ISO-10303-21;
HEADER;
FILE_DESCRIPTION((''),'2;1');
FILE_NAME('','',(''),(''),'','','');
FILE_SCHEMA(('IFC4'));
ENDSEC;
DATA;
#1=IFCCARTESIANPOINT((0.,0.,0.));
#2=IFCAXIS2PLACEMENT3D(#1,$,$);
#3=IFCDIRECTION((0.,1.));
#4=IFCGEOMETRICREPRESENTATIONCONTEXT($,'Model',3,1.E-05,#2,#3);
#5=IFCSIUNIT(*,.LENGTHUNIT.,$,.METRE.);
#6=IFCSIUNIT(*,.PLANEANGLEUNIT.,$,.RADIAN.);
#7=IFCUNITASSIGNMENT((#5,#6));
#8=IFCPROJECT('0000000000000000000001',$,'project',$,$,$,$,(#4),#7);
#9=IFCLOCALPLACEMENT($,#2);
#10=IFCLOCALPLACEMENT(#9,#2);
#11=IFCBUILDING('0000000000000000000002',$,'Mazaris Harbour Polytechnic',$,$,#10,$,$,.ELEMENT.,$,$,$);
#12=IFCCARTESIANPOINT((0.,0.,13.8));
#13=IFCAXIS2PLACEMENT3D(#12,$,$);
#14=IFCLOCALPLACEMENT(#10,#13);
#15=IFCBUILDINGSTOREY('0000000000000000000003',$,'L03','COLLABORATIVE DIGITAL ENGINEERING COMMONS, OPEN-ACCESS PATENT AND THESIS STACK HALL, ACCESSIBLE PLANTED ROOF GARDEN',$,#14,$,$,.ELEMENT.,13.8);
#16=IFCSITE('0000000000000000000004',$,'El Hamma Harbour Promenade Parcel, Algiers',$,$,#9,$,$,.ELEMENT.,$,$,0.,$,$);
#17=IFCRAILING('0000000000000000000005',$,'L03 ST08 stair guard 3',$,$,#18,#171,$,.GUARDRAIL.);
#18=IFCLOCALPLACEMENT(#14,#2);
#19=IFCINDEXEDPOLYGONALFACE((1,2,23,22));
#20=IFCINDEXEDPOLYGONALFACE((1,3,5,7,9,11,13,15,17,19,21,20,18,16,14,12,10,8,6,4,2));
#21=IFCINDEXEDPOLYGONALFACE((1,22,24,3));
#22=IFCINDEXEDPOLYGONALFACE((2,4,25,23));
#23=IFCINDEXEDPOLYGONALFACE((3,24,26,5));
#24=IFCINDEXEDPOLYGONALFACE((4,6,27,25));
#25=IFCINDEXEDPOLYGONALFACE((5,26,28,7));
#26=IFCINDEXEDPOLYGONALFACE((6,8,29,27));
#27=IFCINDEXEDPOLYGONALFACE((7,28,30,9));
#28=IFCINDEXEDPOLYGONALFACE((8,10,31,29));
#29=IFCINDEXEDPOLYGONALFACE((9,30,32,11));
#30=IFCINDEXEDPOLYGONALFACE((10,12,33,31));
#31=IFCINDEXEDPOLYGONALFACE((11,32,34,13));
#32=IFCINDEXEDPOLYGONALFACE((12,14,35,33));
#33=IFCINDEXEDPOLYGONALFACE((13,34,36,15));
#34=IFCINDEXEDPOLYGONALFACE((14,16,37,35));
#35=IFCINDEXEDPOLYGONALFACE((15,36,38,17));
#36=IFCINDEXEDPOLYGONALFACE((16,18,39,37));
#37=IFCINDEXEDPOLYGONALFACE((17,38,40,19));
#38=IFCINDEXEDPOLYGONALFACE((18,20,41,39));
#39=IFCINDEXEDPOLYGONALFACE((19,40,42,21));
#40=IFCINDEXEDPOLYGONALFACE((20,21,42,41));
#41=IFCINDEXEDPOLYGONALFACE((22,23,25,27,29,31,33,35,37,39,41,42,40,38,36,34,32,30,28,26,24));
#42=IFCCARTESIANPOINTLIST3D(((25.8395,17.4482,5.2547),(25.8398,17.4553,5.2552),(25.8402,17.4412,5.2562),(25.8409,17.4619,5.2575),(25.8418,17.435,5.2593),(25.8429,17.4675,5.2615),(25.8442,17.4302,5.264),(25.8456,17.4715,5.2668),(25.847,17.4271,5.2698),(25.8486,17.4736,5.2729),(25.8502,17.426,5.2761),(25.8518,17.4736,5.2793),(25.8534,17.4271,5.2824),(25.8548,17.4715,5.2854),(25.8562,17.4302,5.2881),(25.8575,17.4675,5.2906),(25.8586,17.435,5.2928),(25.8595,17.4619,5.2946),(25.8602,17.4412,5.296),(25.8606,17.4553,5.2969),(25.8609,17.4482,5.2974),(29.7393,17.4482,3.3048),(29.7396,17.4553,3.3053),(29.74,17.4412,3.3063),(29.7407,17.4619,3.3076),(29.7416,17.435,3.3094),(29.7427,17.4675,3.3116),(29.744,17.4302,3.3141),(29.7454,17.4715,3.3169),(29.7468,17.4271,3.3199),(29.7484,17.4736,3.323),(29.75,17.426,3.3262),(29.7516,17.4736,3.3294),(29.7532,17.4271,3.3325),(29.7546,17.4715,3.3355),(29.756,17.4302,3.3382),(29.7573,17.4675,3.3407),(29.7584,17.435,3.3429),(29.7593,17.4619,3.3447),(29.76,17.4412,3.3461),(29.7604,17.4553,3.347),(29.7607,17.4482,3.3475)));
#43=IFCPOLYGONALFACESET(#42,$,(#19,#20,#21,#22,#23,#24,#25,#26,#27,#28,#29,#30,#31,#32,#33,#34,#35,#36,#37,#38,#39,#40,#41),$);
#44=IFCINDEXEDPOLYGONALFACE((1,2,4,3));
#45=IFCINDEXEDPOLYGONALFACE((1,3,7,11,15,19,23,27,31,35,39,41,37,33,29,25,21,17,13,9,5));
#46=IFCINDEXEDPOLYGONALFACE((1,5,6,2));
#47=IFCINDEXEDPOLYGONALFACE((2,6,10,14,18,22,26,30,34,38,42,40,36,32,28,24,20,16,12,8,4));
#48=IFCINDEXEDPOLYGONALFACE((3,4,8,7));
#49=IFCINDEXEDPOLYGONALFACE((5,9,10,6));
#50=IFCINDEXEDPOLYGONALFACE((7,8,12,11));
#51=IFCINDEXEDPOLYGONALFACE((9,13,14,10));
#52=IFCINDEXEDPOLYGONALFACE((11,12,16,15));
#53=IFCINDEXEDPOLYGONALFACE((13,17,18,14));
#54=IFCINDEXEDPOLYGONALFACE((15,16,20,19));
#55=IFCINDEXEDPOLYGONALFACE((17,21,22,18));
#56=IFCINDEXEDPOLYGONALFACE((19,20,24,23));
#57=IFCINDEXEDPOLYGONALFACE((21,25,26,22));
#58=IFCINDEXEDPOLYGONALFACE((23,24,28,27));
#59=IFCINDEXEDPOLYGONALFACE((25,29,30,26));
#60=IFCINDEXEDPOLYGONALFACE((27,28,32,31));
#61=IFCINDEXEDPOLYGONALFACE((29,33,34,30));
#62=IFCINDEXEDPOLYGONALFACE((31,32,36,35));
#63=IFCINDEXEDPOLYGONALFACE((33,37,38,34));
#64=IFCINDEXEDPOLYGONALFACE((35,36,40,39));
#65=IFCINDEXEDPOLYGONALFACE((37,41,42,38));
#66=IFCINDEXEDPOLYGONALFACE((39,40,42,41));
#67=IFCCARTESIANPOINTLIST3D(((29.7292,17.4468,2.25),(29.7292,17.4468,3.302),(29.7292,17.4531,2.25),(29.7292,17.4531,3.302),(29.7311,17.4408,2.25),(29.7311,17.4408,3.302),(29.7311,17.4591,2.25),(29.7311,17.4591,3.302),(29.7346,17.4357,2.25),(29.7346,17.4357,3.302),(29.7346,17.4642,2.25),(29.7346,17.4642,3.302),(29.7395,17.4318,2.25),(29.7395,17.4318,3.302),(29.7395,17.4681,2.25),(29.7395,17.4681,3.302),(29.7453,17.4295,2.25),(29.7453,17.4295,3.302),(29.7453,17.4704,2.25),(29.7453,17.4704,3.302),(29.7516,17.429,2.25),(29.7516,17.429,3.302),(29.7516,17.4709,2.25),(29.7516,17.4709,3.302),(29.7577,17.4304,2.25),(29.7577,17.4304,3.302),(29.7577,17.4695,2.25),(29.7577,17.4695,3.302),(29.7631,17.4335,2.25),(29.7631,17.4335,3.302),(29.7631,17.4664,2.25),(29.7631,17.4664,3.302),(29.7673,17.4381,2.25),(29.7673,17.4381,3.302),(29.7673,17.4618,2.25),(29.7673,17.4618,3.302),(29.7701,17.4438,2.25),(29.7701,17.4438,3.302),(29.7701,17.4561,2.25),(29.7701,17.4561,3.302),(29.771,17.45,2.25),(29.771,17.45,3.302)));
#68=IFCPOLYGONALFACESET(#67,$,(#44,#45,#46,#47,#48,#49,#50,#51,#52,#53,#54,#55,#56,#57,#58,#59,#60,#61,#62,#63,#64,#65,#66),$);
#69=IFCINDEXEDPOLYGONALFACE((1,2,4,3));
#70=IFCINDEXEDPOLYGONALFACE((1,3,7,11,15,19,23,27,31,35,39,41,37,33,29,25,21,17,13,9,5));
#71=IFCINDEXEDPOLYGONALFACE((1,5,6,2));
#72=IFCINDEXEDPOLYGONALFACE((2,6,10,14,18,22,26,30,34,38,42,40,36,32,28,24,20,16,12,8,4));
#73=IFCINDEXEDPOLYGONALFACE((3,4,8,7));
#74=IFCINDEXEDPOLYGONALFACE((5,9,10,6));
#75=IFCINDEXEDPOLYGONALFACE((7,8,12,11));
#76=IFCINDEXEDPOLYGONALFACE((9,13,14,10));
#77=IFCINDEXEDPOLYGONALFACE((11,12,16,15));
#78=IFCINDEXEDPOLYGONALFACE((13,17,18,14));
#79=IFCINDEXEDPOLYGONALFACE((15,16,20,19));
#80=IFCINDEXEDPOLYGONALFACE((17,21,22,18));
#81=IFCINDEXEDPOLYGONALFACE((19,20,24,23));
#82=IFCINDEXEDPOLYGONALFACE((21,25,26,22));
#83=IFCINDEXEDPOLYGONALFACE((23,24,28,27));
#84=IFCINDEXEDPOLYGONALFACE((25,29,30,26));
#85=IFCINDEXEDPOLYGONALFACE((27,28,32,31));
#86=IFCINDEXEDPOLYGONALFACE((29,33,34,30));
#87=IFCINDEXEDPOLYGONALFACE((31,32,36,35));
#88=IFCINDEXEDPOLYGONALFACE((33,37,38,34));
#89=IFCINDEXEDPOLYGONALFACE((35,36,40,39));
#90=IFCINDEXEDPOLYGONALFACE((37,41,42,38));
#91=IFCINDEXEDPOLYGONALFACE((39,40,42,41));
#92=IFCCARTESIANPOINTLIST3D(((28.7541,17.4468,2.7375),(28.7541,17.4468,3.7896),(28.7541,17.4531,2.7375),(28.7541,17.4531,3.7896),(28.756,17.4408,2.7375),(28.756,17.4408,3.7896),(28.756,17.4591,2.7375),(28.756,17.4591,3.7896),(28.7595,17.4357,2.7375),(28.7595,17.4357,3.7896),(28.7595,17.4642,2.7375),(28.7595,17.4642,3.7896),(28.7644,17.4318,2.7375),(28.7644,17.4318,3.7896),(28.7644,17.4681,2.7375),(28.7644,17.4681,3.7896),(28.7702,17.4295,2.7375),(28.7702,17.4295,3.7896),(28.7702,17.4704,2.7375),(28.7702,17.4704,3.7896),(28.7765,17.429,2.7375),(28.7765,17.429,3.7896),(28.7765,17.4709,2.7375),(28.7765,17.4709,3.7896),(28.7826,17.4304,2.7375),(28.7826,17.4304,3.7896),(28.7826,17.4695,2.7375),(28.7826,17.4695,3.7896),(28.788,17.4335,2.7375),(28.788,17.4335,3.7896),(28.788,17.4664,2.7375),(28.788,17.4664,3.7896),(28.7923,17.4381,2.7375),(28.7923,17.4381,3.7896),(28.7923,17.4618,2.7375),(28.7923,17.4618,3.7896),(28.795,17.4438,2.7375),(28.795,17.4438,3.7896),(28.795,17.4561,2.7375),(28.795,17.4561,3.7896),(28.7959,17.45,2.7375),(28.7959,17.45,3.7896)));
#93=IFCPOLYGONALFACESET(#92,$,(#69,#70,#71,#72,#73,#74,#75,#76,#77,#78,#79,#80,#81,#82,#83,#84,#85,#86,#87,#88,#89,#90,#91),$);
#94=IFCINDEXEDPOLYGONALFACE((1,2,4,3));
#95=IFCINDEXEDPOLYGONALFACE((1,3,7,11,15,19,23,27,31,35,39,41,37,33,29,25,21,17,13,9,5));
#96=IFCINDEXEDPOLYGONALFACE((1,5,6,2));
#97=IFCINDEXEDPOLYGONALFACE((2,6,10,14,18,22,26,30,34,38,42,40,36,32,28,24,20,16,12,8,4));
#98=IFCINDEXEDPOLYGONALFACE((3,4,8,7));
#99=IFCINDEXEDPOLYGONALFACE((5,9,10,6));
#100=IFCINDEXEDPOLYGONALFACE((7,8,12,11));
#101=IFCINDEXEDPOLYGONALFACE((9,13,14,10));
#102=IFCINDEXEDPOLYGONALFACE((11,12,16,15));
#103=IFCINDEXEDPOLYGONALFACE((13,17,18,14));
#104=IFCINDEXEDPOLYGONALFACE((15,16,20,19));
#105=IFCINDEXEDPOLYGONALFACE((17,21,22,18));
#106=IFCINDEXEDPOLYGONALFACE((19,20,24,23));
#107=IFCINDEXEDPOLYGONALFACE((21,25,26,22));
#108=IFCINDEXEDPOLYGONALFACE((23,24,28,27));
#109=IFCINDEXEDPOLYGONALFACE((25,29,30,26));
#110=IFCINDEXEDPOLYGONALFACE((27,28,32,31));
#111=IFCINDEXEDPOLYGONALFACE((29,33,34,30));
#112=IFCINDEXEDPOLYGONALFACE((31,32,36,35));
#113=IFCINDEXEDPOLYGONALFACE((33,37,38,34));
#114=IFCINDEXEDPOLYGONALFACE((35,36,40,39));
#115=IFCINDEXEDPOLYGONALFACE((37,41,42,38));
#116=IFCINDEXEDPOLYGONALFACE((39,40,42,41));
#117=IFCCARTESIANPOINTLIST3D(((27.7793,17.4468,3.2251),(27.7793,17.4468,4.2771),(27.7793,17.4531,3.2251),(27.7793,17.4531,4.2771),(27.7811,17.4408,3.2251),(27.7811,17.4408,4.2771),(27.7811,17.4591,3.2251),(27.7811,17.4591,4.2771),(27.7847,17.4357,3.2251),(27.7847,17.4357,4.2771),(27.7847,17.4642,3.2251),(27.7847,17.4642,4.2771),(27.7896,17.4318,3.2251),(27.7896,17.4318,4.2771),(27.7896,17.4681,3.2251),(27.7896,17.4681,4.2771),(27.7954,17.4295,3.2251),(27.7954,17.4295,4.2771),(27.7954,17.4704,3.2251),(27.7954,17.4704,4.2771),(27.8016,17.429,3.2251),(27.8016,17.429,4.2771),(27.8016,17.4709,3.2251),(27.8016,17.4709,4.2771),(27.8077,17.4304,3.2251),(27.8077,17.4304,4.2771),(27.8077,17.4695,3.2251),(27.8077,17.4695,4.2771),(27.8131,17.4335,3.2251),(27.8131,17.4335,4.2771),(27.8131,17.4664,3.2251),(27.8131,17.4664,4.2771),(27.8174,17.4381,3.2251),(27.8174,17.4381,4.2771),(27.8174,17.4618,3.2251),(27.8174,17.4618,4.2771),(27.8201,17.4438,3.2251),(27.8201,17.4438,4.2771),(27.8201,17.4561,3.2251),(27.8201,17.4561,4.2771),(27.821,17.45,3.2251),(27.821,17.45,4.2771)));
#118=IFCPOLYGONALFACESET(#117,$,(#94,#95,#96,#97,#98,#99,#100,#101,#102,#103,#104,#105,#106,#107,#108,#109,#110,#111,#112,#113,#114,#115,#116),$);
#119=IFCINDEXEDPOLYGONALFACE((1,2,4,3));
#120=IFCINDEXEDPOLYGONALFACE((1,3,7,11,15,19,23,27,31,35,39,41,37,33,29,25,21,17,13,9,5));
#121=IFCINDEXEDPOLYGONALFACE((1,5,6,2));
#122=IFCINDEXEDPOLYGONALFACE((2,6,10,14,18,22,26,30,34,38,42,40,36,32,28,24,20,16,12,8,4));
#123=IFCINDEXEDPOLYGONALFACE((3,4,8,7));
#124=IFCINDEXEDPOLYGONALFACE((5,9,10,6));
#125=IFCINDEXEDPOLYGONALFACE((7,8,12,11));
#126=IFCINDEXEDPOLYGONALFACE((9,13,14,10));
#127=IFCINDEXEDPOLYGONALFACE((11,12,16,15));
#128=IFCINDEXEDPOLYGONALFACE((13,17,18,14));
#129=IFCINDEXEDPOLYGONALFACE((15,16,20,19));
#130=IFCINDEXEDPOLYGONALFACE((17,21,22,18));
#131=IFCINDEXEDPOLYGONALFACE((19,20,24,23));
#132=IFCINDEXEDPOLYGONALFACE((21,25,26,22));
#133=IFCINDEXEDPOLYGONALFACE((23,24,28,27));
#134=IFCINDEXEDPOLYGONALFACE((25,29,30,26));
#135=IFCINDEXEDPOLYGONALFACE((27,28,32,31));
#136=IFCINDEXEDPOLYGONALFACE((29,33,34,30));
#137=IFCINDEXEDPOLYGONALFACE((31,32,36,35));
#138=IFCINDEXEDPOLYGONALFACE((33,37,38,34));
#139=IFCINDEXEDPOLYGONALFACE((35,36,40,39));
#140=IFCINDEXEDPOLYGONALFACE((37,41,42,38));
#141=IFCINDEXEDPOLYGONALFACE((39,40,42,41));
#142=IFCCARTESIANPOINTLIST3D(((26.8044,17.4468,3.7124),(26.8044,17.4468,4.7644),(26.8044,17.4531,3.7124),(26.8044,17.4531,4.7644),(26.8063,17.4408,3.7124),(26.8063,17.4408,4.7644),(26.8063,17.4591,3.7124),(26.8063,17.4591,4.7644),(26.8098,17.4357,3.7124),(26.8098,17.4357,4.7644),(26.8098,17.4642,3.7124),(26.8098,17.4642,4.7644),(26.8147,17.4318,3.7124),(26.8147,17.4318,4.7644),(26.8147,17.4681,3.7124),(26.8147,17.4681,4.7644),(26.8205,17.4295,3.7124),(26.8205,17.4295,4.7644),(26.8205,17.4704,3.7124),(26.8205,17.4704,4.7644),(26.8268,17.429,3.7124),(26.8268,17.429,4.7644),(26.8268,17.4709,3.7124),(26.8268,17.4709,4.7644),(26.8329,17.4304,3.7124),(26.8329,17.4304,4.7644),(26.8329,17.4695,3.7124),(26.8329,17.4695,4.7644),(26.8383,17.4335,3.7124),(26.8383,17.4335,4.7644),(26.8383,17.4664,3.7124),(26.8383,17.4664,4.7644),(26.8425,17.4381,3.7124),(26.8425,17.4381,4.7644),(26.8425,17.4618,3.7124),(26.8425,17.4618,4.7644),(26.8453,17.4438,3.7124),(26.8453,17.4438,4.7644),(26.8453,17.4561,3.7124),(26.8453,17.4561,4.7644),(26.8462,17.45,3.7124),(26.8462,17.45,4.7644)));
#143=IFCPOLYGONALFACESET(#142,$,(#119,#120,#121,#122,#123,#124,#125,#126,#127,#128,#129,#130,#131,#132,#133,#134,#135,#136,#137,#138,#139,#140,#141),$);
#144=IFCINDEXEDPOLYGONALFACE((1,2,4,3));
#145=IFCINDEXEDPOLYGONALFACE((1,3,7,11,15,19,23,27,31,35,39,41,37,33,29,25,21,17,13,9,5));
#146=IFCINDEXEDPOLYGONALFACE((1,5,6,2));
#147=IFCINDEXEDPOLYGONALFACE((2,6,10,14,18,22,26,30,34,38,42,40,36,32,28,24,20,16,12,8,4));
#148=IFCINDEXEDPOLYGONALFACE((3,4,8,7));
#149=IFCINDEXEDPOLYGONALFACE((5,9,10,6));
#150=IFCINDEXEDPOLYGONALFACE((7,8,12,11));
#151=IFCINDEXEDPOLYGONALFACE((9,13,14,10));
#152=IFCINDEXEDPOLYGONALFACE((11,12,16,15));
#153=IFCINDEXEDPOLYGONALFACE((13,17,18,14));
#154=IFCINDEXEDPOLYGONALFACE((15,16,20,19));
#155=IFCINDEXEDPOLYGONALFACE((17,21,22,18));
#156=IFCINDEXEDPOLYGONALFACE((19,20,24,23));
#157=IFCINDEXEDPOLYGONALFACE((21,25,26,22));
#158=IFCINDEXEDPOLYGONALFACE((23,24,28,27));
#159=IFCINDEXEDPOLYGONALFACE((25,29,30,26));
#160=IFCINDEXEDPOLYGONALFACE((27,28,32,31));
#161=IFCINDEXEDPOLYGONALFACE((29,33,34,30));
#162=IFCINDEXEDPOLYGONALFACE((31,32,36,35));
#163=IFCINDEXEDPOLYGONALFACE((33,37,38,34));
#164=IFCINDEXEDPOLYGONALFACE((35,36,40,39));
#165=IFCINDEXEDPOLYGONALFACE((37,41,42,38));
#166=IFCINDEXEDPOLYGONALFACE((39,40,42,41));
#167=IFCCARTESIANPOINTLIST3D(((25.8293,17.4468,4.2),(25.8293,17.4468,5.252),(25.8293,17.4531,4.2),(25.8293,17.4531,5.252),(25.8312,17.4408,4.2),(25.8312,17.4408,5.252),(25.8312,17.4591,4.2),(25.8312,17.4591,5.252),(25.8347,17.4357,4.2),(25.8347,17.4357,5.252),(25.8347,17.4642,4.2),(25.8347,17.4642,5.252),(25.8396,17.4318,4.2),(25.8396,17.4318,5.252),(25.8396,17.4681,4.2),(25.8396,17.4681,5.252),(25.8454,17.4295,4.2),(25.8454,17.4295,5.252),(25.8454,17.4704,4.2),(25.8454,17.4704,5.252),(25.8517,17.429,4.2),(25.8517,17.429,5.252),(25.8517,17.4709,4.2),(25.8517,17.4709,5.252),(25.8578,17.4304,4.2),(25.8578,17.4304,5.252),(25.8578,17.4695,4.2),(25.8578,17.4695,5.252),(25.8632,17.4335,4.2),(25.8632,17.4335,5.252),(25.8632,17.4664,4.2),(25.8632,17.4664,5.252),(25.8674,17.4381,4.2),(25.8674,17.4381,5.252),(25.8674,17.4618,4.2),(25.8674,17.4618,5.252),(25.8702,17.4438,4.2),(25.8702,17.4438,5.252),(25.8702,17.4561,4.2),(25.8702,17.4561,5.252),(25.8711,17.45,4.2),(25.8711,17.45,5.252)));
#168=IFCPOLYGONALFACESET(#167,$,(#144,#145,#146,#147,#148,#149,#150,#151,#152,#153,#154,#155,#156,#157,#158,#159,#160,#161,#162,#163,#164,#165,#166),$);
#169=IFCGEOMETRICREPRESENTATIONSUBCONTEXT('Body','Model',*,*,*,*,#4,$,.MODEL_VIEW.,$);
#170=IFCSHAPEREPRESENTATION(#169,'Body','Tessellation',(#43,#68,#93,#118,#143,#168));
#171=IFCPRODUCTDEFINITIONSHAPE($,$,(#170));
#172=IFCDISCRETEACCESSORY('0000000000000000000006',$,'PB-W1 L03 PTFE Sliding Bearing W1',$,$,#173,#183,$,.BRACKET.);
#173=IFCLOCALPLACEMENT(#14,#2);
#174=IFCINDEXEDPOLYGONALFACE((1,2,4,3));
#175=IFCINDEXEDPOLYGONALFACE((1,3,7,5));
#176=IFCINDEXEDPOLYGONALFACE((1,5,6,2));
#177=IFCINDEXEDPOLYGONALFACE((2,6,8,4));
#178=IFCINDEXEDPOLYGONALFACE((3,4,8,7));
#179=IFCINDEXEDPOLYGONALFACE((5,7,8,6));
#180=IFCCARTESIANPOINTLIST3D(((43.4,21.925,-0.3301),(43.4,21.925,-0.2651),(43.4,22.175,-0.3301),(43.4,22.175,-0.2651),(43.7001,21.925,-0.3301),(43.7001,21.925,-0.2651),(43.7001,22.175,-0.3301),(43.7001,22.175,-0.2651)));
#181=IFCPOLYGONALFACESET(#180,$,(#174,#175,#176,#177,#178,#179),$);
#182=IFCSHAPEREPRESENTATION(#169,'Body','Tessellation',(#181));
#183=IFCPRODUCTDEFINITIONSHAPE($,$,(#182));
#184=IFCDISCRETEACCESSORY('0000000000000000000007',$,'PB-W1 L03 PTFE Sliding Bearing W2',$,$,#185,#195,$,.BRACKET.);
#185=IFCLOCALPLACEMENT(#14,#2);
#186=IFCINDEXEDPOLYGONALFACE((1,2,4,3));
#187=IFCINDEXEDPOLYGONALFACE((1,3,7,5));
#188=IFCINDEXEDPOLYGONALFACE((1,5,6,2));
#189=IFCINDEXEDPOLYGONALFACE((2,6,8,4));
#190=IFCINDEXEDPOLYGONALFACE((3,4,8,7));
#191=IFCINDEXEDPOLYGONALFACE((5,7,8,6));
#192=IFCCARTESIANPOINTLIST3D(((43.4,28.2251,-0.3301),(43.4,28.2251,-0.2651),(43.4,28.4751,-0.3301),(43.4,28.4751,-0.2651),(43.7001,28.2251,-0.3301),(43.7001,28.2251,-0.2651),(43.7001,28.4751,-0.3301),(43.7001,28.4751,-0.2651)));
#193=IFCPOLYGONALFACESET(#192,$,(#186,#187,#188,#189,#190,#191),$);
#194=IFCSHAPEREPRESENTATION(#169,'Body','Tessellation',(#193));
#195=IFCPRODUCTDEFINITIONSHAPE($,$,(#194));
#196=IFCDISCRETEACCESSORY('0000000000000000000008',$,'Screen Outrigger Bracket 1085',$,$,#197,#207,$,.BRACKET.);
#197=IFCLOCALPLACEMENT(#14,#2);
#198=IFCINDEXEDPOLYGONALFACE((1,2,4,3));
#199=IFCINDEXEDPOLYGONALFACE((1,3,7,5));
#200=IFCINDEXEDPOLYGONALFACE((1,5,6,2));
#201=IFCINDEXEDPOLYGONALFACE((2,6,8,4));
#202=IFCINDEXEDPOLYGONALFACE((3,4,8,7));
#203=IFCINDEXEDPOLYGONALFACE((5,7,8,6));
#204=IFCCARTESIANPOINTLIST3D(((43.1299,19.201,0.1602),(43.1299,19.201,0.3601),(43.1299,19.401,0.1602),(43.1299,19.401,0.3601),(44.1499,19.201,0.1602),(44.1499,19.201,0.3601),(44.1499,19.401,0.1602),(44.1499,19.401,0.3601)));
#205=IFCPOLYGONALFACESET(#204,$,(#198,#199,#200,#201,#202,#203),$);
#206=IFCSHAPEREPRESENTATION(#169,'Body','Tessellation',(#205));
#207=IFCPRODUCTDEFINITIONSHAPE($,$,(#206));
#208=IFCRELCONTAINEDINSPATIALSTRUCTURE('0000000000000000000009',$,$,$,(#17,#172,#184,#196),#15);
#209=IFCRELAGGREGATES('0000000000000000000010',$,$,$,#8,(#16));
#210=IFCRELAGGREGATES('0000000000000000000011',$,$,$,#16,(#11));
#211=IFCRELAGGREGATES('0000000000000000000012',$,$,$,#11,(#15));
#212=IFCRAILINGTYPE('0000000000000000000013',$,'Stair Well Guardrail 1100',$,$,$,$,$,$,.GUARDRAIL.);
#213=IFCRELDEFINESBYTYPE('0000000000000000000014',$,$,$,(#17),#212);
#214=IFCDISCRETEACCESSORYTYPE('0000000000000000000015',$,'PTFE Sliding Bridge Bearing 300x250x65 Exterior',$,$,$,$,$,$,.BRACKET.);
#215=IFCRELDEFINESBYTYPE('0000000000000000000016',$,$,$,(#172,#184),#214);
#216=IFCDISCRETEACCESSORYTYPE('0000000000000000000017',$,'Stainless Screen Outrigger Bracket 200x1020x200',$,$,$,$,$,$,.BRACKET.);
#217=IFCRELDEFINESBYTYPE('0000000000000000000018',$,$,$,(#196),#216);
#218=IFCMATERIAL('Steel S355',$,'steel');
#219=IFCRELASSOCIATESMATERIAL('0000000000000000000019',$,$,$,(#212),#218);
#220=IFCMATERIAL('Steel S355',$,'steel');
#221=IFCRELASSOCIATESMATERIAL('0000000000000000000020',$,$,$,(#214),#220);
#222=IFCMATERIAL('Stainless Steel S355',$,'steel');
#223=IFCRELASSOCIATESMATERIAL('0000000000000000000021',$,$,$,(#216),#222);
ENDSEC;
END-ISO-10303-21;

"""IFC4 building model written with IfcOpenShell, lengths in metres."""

from ifc_helpers import new_model, si_unit, direction, frame, origin, origin_2d, place, context, subcontext, project, spatial, rectangle, circle, extrude, material, type_object, element, save


model = new_model("IFC4")

# Units and contexts
model_context = context("Model", 3, precision=1e-05, world=origin(), true_north=direction((0.0, 1.0)))
body_context = subcontext(model_context, "Body", "Model", "MODEL_VIEW")
ifc_project = project(units=[si_unit("LENGTHUNIT", "METRE"), si_unit("PLANEANGLEUNIT", "RADIAN")], contexts=[model_context])

# Site, building, storey
site_placement = place(None, origin())
site = spatial("IfcSite", under=ifc_project, at=site_placement, Name="El Hamma Harbour Promenade Parcel, Algiers", CompositionType="ELEMENT", RefElevation=0.0)
building_placement = place(site_placement, origin())
building = spatial("IfcBuilding", under=site, at=building_placement, Name="Mazaris Harbour Polytechnic", CompositionType="ELEMENT")
storey_placement = place(building_placement, frame((0.0, 0.0, 13.8)))
storey = spatial("IfcBuildingStorey", under=building, at=storey_placement, Name="L03", Description="COLLABORATIVE DIGITAL ENGINEERING COMMONS, OPEN-ACCESS PATENT AND THESIS STACK HALL, ACCESSIBLE PLANTED ROOF GARDEN", CompositionType="ELEMENT", Elevation=13.8)

# Railing
ifc_material_1 = material(Name="Steel S355", Category="steel")
railing_type_1 = type_object("IfcRailingType", Name="Stair Well Guardrail 1100", PredefinedType="GUARDRAIL", material=ifc_material_1)
railing_1_placement = place(storey_placement, frame((29.75, 17.45, 2.25)))
element("IfcRailing", 1, at=railing_1_placement, inside=storey, type_object=railing_type_1, Name="L03 ST08 stair guard 3", PredefinedType="GUARDRAIL", context=body_context, shape_type="SweptSolid", body=[
    extrude(circle(Radius=0.0239, at=origin_2d()), frame((0.0, 0.0, 1.0762), z_axis=(-0.894427, 0.0, 0.447214), x_axis=(0.0, -1.0, 0.0)), (0.0, 0.0, 1.0), 4.3601),
    extrude(circle(Radius=0.021, at=origin_2d()), origin(), (0.0, 0.0, 1.0), 1.052),
    extrude(circle(Radius=0.021, at=origin_2d()), frame((-0.9751, 0.0, 0.4875)), (0.0, 0.0, 1.0), 1.052),
    extrude(circle(Radius=0.021, at=origin_2d()), frame((-1.95, 0.0, 0.9751)), (0.0, 0.0, 1.0), 1.052),
    extrude(circle(Radius=0.021, at=origin_2d()), frame((-2.9248, 0.0, 1.4624)), (0.0, 0.0, 1.0), 1.052),
    extrude(circle(Radius=0.021, at=origin_2d()), frame((-3.8999, 0.0, 1.95)), (0.0, 0.0, 1.0), 1.052),
])

# Discrete accessories
ifc_material_2 = material(Name="Steel S355", Category="steel")
discrete_accessory_type_1 = type_object("IfcDiscreteAccessoryType", Name="PTFE Sliding Bridge Bearing 300x250x65 Exterior", PredefinedType="BRACKET", material=ifc_material_2)
for number, where, z_axis, x_axis, name in (
    (2, (43.55, 22.05, -0.3301), (0.0, 0.0, 1.0), (1.0, 0.0, 0.0), "PB-W1 L03 PTFE Sliding Bearing W1"),
    (3, (43.55, 28.3501, -0.3301), (0.0, 0.0, 1.0), (1.0, 0.0, 0.0), "PB-W1 L03 PTFE Sliding Bearing W2"),
):
    element("IfcDiscreteAccessory", number, at=place(storey_placement, frame(where, z_axis=z_axis, x_axis=x_axis)), inside=storey, type_object=discrete_accessory_type_1, Name=name, PredefinedType="BRACKET", context=body_context, shape_type="SweptSolid", body=[
        extrude(rectangle(XDim=0.3, YDim=0.25, at=origin_2d()), origin(), (0.0, 0.0, 1.0), 0.0649),
    ])
ifc_material_3 = material(Name="Stainless Steel S355", Category="steel")
discrete_accessory_type_2 = type_object("IfcDiscreteAccessoryType", Name="Stainless Screen Outrigger Bracket 200x1020x200", PredefinedType="BRACKET", material=ifc_material_3)
for number, where, z_axis, x_axis, name in (
    (4, (43.6399, 19.301, 0.1602), (0.0, 0.0, 1.0), (0.0, -1.0, 0.0), "Screen Outrigger Bracket 1085"),
):
    element("IfcDiscreteAccessory", number, at=place(storey_placement, frame(where, z_axis=z_axis, x_axis=x_axis)), inside=storey, type_object=discrete_accessory_type_2, Name=name, PredefinedType="BRACKET", context=body_context, shape_type="SweptSolid", body=[
        extrude(rectangle(XDim=0.2, YDim=1.02, at=origin_2d()), origin(), (0.0, 0.0, 1.0), 0.2),
    ])

save(model, "model.ifc")
